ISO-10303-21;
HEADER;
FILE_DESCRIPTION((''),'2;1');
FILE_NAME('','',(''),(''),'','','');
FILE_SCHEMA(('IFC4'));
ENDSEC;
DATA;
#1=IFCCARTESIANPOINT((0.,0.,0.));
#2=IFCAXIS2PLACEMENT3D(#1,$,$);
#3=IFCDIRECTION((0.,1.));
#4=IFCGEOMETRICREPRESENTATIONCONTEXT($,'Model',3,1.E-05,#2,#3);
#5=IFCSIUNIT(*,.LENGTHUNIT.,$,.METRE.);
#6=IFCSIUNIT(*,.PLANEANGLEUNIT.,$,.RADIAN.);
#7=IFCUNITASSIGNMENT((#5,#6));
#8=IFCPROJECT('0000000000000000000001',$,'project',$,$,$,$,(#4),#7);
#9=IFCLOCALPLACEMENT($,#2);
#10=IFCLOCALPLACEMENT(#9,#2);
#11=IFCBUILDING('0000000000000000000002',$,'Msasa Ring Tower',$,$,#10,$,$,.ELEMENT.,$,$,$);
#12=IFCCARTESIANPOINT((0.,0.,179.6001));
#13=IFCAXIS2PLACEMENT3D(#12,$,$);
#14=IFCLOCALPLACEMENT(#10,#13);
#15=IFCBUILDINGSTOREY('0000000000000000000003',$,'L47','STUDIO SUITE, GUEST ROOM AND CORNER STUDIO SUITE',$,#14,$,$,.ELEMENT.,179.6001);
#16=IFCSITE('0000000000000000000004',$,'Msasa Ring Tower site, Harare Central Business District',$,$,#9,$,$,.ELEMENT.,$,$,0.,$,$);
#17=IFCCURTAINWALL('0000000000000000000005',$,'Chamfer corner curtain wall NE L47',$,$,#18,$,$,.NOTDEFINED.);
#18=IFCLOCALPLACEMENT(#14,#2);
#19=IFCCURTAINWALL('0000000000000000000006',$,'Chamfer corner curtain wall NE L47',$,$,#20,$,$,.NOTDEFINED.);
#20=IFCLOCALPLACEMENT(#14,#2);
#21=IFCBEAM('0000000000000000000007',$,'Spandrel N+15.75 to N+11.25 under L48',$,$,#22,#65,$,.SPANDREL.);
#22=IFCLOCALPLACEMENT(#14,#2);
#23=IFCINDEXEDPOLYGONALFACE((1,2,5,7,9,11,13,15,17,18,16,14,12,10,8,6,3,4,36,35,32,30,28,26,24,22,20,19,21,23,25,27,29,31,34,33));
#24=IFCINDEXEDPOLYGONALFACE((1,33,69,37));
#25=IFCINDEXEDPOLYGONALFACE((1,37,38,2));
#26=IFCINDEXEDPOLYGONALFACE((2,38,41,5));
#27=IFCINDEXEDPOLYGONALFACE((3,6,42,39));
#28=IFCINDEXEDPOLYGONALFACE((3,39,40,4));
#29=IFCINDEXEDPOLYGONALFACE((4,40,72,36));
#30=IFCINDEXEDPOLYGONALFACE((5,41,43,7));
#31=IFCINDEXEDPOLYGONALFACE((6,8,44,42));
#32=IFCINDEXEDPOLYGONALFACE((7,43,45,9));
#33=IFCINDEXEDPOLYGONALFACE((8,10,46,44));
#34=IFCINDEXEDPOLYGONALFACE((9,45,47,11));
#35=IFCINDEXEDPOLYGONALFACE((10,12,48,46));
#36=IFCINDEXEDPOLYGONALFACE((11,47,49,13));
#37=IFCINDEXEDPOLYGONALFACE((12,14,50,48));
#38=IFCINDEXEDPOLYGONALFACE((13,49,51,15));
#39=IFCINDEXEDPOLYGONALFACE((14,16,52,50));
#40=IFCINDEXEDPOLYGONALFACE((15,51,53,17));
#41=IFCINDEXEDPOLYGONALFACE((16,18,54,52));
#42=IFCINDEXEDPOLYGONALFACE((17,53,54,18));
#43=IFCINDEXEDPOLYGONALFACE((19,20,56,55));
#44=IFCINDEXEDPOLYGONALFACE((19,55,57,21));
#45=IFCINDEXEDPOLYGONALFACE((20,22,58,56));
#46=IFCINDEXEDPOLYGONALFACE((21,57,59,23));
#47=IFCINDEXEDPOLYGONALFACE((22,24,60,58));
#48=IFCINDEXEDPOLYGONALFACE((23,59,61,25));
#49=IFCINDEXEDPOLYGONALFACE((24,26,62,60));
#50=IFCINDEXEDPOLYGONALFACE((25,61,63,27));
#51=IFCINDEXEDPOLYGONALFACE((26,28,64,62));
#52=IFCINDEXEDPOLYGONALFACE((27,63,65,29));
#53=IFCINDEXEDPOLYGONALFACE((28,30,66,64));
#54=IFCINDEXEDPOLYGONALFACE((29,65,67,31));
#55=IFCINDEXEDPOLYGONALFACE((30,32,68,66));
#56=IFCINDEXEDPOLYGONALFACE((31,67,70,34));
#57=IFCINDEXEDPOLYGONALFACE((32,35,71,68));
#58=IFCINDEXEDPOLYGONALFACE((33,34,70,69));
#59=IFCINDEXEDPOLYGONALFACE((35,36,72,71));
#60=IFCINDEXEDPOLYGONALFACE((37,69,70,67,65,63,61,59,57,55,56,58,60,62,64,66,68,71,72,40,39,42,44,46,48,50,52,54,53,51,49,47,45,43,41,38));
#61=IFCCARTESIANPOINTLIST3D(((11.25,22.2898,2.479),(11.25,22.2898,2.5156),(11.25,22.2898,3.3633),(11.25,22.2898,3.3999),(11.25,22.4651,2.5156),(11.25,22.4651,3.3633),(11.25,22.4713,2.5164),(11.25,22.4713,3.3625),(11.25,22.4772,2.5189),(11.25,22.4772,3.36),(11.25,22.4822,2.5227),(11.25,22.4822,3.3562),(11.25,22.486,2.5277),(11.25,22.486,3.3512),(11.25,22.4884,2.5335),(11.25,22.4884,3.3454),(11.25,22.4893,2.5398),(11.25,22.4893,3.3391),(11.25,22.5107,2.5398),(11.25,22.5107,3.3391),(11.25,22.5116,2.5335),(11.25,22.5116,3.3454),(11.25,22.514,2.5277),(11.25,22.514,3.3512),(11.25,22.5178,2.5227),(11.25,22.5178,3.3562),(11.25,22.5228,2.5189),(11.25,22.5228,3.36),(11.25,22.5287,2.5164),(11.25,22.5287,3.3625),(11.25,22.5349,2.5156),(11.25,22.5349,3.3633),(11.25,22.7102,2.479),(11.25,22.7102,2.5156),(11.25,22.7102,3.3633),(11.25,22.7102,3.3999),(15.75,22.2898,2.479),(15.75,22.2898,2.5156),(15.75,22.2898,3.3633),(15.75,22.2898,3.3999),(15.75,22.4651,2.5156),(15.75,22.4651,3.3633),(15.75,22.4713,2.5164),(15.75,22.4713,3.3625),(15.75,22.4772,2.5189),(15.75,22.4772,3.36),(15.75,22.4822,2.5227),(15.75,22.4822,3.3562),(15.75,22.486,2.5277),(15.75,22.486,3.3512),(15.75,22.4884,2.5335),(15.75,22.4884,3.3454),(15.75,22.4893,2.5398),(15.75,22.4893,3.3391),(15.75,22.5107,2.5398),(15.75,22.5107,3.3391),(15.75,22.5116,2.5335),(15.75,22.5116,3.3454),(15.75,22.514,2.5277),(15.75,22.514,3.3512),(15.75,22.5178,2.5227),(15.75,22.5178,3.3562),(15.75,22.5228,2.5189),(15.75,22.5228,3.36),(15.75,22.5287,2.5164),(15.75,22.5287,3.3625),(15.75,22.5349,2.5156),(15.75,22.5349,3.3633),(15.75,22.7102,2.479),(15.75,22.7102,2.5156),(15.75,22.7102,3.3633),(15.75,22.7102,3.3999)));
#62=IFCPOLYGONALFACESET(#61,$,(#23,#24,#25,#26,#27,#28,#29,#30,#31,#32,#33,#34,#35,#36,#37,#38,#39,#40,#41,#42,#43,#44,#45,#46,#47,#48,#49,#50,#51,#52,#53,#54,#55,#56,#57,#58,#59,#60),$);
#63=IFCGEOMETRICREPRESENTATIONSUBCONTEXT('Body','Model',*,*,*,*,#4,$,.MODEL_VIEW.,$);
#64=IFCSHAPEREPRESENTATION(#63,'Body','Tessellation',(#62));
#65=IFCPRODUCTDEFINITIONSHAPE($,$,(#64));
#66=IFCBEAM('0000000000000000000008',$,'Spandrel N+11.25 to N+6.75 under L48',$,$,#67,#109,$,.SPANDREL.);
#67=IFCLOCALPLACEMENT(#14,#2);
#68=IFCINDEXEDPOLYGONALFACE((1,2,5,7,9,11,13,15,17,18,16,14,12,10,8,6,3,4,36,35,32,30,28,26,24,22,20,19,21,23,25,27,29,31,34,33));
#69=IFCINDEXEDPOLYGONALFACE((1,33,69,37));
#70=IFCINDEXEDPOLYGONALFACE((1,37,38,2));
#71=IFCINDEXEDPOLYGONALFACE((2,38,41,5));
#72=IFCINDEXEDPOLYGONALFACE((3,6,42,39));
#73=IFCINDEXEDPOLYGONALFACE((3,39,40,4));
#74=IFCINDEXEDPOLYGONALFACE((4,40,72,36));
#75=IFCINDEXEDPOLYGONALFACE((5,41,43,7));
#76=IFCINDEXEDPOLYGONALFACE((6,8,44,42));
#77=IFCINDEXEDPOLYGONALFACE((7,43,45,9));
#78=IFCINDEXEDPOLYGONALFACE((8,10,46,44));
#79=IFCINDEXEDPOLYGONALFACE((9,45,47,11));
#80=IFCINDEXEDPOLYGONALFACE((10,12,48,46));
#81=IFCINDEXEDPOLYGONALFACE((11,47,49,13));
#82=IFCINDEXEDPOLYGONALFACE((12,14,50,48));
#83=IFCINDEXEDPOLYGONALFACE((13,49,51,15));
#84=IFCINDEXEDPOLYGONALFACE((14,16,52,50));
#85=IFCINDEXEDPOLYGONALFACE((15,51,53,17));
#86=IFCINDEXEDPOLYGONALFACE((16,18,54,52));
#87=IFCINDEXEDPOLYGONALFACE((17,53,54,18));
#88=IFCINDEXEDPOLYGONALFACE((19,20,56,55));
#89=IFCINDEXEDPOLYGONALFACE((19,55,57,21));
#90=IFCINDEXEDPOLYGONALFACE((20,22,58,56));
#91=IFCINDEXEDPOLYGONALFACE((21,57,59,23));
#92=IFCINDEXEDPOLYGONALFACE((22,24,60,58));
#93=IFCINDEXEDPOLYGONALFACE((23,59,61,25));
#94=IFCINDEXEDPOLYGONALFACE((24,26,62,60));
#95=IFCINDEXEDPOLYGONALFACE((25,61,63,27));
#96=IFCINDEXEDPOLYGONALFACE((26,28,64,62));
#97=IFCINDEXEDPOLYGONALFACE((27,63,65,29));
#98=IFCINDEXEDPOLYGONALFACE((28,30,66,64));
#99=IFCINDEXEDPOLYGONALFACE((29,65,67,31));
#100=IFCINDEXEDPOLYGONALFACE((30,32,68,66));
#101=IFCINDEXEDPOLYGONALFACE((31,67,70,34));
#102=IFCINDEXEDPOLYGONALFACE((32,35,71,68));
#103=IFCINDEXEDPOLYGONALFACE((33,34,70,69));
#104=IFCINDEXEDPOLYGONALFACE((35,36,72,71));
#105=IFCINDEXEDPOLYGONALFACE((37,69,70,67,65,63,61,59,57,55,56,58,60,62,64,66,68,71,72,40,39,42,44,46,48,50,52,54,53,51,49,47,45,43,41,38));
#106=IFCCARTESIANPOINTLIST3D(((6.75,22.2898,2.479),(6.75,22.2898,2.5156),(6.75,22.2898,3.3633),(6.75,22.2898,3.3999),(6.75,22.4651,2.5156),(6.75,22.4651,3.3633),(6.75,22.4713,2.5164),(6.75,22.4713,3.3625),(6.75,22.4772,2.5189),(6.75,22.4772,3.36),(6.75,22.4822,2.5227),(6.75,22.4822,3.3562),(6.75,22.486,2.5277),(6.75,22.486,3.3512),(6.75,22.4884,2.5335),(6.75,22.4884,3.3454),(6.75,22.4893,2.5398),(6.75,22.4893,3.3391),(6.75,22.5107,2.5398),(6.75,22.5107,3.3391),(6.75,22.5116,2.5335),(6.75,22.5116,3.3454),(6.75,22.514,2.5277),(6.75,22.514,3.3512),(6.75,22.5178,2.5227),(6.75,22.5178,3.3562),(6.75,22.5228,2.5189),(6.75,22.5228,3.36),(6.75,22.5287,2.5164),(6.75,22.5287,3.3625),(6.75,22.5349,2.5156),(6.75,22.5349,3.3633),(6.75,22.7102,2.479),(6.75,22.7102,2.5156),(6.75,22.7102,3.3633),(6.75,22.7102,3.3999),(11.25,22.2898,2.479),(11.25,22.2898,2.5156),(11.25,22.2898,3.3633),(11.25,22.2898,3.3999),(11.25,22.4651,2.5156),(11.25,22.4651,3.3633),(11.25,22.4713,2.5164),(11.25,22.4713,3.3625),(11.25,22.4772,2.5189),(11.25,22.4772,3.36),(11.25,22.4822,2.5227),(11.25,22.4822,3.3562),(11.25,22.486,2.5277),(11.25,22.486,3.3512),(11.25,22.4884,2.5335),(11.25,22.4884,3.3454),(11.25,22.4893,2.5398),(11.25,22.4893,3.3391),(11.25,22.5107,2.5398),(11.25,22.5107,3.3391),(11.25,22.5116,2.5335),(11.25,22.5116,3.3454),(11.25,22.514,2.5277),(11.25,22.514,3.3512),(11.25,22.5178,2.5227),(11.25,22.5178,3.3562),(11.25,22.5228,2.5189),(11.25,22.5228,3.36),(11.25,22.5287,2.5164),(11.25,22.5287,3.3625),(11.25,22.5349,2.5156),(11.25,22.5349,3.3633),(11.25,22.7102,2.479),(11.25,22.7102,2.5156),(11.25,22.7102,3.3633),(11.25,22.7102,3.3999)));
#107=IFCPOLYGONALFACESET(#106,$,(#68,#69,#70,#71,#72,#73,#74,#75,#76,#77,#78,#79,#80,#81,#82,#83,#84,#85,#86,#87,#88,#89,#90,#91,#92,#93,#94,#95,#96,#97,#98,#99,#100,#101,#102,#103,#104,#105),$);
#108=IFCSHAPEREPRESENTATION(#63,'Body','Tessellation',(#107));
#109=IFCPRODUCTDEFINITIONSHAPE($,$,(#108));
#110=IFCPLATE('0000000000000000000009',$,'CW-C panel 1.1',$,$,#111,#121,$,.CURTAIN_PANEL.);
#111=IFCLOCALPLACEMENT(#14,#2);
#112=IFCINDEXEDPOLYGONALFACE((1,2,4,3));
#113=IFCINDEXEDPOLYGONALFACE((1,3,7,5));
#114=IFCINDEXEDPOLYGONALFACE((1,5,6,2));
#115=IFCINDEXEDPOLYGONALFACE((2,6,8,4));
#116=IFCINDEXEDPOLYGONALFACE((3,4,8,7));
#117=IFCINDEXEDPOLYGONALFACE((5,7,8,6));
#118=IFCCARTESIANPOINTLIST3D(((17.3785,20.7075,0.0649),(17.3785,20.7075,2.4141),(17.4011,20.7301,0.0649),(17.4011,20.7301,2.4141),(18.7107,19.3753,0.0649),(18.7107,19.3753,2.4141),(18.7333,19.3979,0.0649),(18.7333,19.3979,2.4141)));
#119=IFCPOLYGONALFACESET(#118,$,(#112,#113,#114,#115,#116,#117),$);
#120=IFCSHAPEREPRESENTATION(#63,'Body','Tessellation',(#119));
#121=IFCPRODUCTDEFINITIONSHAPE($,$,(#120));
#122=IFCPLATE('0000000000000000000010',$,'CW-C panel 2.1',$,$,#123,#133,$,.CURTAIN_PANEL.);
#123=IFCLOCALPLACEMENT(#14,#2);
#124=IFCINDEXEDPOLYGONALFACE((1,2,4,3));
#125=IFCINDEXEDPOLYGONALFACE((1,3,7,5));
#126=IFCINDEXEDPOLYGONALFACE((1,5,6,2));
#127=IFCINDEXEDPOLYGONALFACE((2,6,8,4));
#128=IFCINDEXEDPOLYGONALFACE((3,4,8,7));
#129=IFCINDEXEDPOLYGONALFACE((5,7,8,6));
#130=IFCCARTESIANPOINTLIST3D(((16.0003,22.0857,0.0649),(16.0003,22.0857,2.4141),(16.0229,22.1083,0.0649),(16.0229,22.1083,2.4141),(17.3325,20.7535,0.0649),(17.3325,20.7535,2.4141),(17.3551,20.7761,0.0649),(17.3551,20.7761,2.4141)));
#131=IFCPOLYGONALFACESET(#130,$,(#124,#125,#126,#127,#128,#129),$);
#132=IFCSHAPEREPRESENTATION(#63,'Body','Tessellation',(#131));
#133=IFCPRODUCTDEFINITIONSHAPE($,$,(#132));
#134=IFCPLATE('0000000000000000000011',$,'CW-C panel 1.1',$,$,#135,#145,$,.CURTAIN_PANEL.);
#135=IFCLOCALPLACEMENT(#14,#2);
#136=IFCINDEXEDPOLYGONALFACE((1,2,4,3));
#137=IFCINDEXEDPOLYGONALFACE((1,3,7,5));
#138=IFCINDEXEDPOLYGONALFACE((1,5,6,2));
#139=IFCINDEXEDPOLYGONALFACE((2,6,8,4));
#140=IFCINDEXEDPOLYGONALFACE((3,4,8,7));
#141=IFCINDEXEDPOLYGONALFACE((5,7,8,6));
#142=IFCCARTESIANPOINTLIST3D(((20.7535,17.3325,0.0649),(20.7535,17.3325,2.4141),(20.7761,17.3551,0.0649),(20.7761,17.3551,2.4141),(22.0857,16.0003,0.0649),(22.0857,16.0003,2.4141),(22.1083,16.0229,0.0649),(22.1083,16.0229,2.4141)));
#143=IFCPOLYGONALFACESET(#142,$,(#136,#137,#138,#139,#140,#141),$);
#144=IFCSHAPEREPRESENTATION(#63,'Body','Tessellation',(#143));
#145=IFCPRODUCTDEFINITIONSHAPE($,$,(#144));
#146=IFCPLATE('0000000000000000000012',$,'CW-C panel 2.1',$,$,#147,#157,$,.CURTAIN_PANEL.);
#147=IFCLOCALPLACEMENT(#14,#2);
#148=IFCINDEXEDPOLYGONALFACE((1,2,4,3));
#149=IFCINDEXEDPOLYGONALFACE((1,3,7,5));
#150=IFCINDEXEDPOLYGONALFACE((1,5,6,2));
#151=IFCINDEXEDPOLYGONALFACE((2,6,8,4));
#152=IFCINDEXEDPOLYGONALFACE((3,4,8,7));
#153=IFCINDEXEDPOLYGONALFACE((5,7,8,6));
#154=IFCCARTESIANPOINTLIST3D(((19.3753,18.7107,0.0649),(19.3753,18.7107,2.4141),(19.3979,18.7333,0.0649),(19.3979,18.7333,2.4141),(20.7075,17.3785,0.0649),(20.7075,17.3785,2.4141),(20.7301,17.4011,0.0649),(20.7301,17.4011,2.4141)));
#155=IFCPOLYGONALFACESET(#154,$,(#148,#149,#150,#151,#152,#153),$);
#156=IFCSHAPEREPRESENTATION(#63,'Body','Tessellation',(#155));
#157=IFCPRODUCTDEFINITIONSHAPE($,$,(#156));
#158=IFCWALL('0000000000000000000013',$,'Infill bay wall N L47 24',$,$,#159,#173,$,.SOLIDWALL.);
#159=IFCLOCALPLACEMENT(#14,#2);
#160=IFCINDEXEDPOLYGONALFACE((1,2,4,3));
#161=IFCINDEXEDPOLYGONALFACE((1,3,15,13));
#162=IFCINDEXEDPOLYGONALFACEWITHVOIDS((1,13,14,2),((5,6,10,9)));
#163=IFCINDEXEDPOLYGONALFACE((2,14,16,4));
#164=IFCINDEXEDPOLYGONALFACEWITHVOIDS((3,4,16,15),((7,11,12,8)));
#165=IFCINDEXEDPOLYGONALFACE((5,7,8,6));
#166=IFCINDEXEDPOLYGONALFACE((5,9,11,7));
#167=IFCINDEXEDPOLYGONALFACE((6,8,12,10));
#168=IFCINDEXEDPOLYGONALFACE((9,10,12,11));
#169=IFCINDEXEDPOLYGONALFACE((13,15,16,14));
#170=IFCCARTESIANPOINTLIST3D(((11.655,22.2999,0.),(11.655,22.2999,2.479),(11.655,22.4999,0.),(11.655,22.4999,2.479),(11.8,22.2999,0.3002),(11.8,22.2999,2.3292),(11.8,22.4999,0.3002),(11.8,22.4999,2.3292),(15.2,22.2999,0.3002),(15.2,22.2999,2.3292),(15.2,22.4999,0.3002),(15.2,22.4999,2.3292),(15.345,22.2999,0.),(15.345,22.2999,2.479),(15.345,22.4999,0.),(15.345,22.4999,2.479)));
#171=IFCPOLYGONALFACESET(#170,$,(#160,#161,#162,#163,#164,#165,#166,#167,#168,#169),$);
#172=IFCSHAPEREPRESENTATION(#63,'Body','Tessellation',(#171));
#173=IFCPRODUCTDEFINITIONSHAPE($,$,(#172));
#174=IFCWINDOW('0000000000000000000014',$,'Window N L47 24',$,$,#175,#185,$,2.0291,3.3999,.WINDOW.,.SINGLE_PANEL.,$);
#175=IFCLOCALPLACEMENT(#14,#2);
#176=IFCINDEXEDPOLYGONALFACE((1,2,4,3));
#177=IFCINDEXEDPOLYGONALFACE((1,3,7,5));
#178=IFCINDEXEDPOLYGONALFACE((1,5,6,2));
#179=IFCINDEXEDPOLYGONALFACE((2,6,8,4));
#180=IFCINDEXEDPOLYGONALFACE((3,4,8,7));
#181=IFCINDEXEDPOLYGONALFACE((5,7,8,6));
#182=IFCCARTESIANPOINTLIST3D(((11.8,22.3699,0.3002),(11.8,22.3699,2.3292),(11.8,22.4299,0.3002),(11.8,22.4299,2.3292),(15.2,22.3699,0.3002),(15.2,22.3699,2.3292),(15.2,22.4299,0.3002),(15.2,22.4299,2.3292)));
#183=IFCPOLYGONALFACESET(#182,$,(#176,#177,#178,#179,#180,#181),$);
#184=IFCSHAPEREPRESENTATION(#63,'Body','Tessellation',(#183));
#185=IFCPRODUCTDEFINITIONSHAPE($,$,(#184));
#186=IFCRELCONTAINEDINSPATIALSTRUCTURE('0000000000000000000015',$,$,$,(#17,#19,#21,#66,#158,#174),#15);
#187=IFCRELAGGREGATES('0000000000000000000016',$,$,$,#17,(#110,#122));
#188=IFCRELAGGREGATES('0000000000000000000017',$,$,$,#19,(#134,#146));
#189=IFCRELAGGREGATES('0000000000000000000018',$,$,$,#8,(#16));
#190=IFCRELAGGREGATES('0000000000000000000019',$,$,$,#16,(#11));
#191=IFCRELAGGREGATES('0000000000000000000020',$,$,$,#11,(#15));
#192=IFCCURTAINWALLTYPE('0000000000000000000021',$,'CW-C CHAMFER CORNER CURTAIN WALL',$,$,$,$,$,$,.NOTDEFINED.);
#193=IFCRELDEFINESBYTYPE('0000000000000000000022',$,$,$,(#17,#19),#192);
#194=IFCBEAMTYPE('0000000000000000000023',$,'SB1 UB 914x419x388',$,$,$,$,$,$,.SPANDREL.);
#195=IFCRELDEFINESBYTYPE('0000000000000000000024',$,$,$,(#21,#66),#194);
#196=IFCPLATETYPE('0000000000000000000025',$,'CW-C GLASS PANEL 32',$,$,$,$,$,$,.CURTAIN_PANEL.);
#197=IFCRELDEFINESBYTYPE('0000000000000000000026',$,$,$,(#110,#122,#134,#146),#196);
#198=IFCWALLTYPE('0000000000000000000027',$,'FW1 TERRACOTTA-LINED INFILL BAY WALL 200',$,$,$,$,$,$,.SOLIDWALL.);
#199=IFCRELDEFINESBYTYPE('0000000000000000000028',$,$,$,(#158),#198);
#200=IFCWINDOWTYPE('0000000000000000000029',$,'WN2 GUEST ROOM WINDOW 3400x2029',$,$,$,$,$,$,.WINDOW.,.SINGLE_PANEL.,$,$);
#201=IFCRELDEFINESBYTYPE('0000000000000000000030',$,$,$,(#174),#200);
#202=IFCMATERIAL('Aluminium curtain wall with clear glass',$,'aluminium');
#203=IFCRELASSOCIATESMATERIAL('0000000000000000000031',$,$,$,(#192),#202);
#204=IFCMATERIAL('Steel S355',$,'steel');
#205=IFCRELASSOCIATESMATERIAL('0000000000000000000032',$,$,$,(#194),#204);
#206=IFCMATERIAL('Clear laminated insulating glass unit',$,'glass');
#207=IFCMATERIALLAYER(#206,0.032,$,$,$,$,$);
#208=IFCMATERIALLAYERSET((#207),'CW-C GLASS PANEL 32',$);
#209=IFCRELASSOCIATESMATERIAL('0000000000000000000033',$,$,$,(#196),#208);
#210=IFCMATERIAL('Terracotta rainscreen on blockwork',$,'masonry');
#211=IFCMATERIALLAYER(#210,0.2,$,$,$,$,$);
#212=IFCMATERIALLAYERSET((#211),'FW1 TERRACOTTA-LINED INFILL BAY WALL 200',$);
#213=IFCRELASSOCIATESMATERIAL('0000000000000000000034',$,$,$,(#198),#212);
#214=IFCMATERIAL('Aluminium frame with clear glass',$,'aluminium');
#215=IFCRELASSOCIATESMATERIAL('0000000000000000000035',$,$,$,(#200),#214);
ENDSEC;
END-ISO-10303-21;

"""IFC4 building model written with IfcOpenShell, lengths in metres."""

from ifc_helpers import new_model, si_unit, direction, frame, frame_2d, origin, origin_2d, place, context, subcontext, project, spatial, rectangle, i_section, extrude, material, layer, layer_set, material_profile, profile_set, type_object, element, fill, aggregate, save


model = new_model("IFC4")

# Units and contexts
model_context = context("Model", 3, precision=1e-05, world=origin(), true_north=direction((0.0, 1.0)))
body_context = subcontext(model_context, "Body", "Model", "MODEL_VIEW")
ifc_project = project(units=[si_unit("LENGTHUNIT", "METRE"), si_unit("PLANEANGLEUNIT", "RADIAN")], contexts=[model_context])

# Site, building, storey
site_placement = place(None, origin())
site = spatial("IfcSite", under=ifc_project, at=site_placement, Name="Msasa Ring Tower site, Harare Central Business District", CompositionType="ELEMENT", RefElevation=0.0)
building_placement = place(site_placement, origin())
building = spatial("IfcBuilding", under=site, at=building_placement, Name="Msasa Ring Tower", CompositionType="ELEMENT")
storey_placement = place(building_placement, frame((0.0, 0.0, 179.6001)))
storey = spatial("IfcBuildingStorey", under=building, at=storey_placement, Name="L47", Description="STUDIO SUITE, GUEST ROOM AND CORNER STUDIO SUITE", CompositionType="ELEMENT", Elevation=179.6001)

# Curtain walls
ifc_material_1 = material(Name="Aluminium curtain wall with clear glass", Category="aluminium")
curtain_wall_type = type_object("IfcCurtainWallType", Name="CW-C CHAMFER CORNER CURTAIN WALL", PredefinedType="NOTDEFINED", material=ifc_material_1)
curtain_wall_1_placement = place(storey_placement, origin())
curtain_wall_1 = element("IfcCurtainWall", 1, at=curtain_wall_1_placement, inside=storey, type_object=curtain_wall_type, Name="Chamfer corner curtain wall NE L47", PredefinedType="NOTDEFINED")
curtain_wall_2_placement = place(storey_placement, origin())
curtain_wall_2 = element("IfcCurtainWall", 2, at=curtain_wall_2_placement, inside=storey, type_object=curtain_wall_type, Name="Chamfer corner curtain wall NE L47", PredefinedType="NOTDEFINED")

# Beams
ifc_material_2 = material(Name="Steel S355", Category="steel")
ifc_material_profile_1 = material_profile(ifc_material_2, i_section(OverallWidth=0.4204, OverallDepth=0.9209, WebThickness=0.0215, FlangeThickness=0.0366, FilletRadius=0.0242, at=origin_2d()), Name="UB 914x419x388")
ifc_profile_set_1 = profile_set([ifc_material_profile_1], Name="Steel S355")
beam_type_1 = type_object("IfcBeamType", Name="SB1 UB 914x419x388", PredefinedType="SPANDREL", material=ifc_profile_set_1)
for number, where, z_axis, x_axis, name in (
    (3, (15.75, 22.5, 2.9395), (-1.0, 0.0, 0.0), (0.0, -1.0, 0.0), "Spandrel N+15.75 to N+11.25 under L48"),
    (4, (11.25, 22.5, 2.9395), (-1.0, 0.0, 0.0), (0.0, -1.0, 0.0), "Spandrel N+11.25 to N+6.75 under L48"),
):
    element("IfcBeam", number, at=place(storey_placement, frame(where, z_axis=z_axis, x_axis=x_axis)), inside=storey, type_object=beam_type_1, Name=name, PredefinedType="SPANDREL", context=body_context, shape_type="SweptSolid", body=[
        extrude(i_section(OverallWidth=0.4204, OverallDepth=0.9209, WebThickness=0.0215, FlangeThickness=0.0366, FilletRadius=0.0242, at=origin_2d()), origin(), (0.0, 0.0, 1.0), 4.5),
    ])

# Plates
ifc_material_3 = material(Name="Clear laminated insulating glass unit", Category="glass")
ifc_layer_1 = layer(ifc_material_3, 0.032)
ifc_layer_set_1 = layer_set([ifc_layer_1], Name="CW-C GLASS PANEL 32")
plate_type = type_object("IfcPlateType", Name="CW-C GLASS PANEL 32", PredefinedType="CURTAIN_PANEL", material=ifc_layer_set_1)
plate_1_placement = place(storey_placement, frame((18.0559, 20.0527, 0.0649), z_axis=(0.0, 0.0, 1.0), x_axis=(-0.707107, 0.707107, 0.0)))
plate_1 = element("IfcPlate", 5, at=plate_1_placement, type_object=plate_type, Name="CW-C panel 1.1", PredefinedType="CURTAIN_PANEL", context=body_context, shape_type="SweptSolid", body=[
    extrude(rectangle(XDim=1.884, YDim=0.032, at=origin_2d()), origin(), (0.0, 0.0, 1.0), 2.3491),
])
plate_2_placement = place(storey_placement, frame((16.6777, 21.4309, 0.0649), z_axis=(0.0, 0.0, 1.0), x_axis=(-0.707107, 0.707107, 0.0)))
plate_2 = element("IfcPlate", 6, at=plate_2_placement, type_object=plate_type, Name="CW-C panel 2.1", PredefinedType="CURTAIN_PANEL", context=body_context, shape_type="SweptSolid", body=[
    extrude(rectangle(XDim=1.884, YDim=0.032, at=origin_2d()), origin(), (0.0, 0.0, 1.0), 2.3491),
])
aggregate(curtain_wall_1, [plate_1, plate_2])
plate_3_placement = place(storey_placement, frame((21.4309, 16.6777, 0.0649), z_axis=(0.0, 0.0, 1.0), x_axis=(-0.707107, 0.707107, 0.0)))
plate_3 = element("IfcPlate", 7, at=plate_3_placement, type_object=plate_type, Name="CW-C panel 1.1", PredefinedType="CURTAIN_PANEL", context=body_context, shape_type="SweptSolid", body=[
    extrude(rectangle(XDim=1.884, YDim=0.032, at=origin_2d()), origin(), (0.0, 0.0, 1.0), 2.3491),
])
plate_4_placement = place(storey_placement, frame((20.0527, 18.0559, 0.0649), z_axis=(0.0, 0.0, 1.0), x_axis=(-0.707107, 0.707107, 0.0)))
plate_4 = element("IfcPlate", 8, at=plate_4_placement, type_object=plate_type, Name="CW-C panel 2.1", PredefinedType="CURTAIN_PANEL", context=body_context, shape_type="SweptSolid", body=[
    extrude(rectangle(XDim=1.884, YDim=0.032, at=origin_2d()), origin(), (0.0, 0.0, 1.0), 2.3491),
])
aggregate(curtain_wall_2, [plate_3, plate_4])

# Wall, opening, window
ifc_material_4 = material(Name="Terracotta rainscreen on blockwork", Category="masonry")
ifc_layer_2 = layer(ifc_material_4, 0.2)
ifc_layer_set_2 = layer_set([ifc_layer_2], Name="FW1 TERRACOTTA-LINED INFILL BAY WALL 200")
wall_type = type_object("IfcWallType", Name="FW1 TERRACOTTA-LINED INFILL BAY WALL 200", PredefinedType="SOLIDWALL", material=ifc_layer_set_2)
wall_placement = place(storey_placement, frame((11.655, 22.3999, 0.0), z_axis=(0.0, 0.0, 1.0), x_axis=(1.0, 0.0, 0.0)))
wall = element("IfcWall", 9, at=wall_placement, inside=storey, type_object=wall_type, Name="Infill bay wall N L47 24", PredefinedType="SOLIDWALL", context=body_context, shape_type="SweptSolid", body=[
    extrude(rectangle(XDim=3.6899, YDim=0.2, at=frame_2d((1.845, 0.0))), origin(), (0.0, 0.0, 1.0), 2.479),
])
opening_placement = place(wall_placement, frame((0.145, 0.0, 0.3)))
opening = element("IfcOpeningElement", 10, at=opening_placement, cuts=wall, PredefinedType="OPENING", context=body_context, shape_type="SweptSolid", body=[
    extrude(rectangle(XDim=3.3999, YDim=2.0291, at=frame_2d((1.7, 1.0146))), frame((0.0, 0.1099, 0.0), z_axis=(0.0, -1.0, 0.0), x_axis=(1.0, 0.0, 0.0)), (0.0, 0.0, 1.0), 0.22),
])
ifc_material_5 = material(Name="Aluminium frame with clear glass", Category="aluminium")
window_type = type_object("IfcWindowType", Name="WN2 GUEST ROOM WINDOW 3400x2029", PartitioningType="SINGLE_PANEL", PredefinedType="WINDOW", material=ifc_material_5)
window_placement = place(opening_placement, origin())
window = element("IfcWindow", 11, at=window_placement, inside=storey, type_object=window_type, Name="Window N L47 24", OverallHeight=2.0291, OverallWidth=3.3999, PartitioningType="SINGLE_PANEL", PredefinedType="WINDOW", context=body_context, shape_type="SweptSolid", body=[
    extrude(rectangle(XDim=3.3999, YDim=2.0291, at=frame_2d((1.7, 1.0146))), frame((0.0, 0.03, 0.0), z_axis=(0.0, -1.0, 0.0), x_axis=(1.0, 0.0, 0.0)), (0.0, 0.0, 1.0), 0.0601),
])
fill(opening, window)

save(model, "model.ifc")
